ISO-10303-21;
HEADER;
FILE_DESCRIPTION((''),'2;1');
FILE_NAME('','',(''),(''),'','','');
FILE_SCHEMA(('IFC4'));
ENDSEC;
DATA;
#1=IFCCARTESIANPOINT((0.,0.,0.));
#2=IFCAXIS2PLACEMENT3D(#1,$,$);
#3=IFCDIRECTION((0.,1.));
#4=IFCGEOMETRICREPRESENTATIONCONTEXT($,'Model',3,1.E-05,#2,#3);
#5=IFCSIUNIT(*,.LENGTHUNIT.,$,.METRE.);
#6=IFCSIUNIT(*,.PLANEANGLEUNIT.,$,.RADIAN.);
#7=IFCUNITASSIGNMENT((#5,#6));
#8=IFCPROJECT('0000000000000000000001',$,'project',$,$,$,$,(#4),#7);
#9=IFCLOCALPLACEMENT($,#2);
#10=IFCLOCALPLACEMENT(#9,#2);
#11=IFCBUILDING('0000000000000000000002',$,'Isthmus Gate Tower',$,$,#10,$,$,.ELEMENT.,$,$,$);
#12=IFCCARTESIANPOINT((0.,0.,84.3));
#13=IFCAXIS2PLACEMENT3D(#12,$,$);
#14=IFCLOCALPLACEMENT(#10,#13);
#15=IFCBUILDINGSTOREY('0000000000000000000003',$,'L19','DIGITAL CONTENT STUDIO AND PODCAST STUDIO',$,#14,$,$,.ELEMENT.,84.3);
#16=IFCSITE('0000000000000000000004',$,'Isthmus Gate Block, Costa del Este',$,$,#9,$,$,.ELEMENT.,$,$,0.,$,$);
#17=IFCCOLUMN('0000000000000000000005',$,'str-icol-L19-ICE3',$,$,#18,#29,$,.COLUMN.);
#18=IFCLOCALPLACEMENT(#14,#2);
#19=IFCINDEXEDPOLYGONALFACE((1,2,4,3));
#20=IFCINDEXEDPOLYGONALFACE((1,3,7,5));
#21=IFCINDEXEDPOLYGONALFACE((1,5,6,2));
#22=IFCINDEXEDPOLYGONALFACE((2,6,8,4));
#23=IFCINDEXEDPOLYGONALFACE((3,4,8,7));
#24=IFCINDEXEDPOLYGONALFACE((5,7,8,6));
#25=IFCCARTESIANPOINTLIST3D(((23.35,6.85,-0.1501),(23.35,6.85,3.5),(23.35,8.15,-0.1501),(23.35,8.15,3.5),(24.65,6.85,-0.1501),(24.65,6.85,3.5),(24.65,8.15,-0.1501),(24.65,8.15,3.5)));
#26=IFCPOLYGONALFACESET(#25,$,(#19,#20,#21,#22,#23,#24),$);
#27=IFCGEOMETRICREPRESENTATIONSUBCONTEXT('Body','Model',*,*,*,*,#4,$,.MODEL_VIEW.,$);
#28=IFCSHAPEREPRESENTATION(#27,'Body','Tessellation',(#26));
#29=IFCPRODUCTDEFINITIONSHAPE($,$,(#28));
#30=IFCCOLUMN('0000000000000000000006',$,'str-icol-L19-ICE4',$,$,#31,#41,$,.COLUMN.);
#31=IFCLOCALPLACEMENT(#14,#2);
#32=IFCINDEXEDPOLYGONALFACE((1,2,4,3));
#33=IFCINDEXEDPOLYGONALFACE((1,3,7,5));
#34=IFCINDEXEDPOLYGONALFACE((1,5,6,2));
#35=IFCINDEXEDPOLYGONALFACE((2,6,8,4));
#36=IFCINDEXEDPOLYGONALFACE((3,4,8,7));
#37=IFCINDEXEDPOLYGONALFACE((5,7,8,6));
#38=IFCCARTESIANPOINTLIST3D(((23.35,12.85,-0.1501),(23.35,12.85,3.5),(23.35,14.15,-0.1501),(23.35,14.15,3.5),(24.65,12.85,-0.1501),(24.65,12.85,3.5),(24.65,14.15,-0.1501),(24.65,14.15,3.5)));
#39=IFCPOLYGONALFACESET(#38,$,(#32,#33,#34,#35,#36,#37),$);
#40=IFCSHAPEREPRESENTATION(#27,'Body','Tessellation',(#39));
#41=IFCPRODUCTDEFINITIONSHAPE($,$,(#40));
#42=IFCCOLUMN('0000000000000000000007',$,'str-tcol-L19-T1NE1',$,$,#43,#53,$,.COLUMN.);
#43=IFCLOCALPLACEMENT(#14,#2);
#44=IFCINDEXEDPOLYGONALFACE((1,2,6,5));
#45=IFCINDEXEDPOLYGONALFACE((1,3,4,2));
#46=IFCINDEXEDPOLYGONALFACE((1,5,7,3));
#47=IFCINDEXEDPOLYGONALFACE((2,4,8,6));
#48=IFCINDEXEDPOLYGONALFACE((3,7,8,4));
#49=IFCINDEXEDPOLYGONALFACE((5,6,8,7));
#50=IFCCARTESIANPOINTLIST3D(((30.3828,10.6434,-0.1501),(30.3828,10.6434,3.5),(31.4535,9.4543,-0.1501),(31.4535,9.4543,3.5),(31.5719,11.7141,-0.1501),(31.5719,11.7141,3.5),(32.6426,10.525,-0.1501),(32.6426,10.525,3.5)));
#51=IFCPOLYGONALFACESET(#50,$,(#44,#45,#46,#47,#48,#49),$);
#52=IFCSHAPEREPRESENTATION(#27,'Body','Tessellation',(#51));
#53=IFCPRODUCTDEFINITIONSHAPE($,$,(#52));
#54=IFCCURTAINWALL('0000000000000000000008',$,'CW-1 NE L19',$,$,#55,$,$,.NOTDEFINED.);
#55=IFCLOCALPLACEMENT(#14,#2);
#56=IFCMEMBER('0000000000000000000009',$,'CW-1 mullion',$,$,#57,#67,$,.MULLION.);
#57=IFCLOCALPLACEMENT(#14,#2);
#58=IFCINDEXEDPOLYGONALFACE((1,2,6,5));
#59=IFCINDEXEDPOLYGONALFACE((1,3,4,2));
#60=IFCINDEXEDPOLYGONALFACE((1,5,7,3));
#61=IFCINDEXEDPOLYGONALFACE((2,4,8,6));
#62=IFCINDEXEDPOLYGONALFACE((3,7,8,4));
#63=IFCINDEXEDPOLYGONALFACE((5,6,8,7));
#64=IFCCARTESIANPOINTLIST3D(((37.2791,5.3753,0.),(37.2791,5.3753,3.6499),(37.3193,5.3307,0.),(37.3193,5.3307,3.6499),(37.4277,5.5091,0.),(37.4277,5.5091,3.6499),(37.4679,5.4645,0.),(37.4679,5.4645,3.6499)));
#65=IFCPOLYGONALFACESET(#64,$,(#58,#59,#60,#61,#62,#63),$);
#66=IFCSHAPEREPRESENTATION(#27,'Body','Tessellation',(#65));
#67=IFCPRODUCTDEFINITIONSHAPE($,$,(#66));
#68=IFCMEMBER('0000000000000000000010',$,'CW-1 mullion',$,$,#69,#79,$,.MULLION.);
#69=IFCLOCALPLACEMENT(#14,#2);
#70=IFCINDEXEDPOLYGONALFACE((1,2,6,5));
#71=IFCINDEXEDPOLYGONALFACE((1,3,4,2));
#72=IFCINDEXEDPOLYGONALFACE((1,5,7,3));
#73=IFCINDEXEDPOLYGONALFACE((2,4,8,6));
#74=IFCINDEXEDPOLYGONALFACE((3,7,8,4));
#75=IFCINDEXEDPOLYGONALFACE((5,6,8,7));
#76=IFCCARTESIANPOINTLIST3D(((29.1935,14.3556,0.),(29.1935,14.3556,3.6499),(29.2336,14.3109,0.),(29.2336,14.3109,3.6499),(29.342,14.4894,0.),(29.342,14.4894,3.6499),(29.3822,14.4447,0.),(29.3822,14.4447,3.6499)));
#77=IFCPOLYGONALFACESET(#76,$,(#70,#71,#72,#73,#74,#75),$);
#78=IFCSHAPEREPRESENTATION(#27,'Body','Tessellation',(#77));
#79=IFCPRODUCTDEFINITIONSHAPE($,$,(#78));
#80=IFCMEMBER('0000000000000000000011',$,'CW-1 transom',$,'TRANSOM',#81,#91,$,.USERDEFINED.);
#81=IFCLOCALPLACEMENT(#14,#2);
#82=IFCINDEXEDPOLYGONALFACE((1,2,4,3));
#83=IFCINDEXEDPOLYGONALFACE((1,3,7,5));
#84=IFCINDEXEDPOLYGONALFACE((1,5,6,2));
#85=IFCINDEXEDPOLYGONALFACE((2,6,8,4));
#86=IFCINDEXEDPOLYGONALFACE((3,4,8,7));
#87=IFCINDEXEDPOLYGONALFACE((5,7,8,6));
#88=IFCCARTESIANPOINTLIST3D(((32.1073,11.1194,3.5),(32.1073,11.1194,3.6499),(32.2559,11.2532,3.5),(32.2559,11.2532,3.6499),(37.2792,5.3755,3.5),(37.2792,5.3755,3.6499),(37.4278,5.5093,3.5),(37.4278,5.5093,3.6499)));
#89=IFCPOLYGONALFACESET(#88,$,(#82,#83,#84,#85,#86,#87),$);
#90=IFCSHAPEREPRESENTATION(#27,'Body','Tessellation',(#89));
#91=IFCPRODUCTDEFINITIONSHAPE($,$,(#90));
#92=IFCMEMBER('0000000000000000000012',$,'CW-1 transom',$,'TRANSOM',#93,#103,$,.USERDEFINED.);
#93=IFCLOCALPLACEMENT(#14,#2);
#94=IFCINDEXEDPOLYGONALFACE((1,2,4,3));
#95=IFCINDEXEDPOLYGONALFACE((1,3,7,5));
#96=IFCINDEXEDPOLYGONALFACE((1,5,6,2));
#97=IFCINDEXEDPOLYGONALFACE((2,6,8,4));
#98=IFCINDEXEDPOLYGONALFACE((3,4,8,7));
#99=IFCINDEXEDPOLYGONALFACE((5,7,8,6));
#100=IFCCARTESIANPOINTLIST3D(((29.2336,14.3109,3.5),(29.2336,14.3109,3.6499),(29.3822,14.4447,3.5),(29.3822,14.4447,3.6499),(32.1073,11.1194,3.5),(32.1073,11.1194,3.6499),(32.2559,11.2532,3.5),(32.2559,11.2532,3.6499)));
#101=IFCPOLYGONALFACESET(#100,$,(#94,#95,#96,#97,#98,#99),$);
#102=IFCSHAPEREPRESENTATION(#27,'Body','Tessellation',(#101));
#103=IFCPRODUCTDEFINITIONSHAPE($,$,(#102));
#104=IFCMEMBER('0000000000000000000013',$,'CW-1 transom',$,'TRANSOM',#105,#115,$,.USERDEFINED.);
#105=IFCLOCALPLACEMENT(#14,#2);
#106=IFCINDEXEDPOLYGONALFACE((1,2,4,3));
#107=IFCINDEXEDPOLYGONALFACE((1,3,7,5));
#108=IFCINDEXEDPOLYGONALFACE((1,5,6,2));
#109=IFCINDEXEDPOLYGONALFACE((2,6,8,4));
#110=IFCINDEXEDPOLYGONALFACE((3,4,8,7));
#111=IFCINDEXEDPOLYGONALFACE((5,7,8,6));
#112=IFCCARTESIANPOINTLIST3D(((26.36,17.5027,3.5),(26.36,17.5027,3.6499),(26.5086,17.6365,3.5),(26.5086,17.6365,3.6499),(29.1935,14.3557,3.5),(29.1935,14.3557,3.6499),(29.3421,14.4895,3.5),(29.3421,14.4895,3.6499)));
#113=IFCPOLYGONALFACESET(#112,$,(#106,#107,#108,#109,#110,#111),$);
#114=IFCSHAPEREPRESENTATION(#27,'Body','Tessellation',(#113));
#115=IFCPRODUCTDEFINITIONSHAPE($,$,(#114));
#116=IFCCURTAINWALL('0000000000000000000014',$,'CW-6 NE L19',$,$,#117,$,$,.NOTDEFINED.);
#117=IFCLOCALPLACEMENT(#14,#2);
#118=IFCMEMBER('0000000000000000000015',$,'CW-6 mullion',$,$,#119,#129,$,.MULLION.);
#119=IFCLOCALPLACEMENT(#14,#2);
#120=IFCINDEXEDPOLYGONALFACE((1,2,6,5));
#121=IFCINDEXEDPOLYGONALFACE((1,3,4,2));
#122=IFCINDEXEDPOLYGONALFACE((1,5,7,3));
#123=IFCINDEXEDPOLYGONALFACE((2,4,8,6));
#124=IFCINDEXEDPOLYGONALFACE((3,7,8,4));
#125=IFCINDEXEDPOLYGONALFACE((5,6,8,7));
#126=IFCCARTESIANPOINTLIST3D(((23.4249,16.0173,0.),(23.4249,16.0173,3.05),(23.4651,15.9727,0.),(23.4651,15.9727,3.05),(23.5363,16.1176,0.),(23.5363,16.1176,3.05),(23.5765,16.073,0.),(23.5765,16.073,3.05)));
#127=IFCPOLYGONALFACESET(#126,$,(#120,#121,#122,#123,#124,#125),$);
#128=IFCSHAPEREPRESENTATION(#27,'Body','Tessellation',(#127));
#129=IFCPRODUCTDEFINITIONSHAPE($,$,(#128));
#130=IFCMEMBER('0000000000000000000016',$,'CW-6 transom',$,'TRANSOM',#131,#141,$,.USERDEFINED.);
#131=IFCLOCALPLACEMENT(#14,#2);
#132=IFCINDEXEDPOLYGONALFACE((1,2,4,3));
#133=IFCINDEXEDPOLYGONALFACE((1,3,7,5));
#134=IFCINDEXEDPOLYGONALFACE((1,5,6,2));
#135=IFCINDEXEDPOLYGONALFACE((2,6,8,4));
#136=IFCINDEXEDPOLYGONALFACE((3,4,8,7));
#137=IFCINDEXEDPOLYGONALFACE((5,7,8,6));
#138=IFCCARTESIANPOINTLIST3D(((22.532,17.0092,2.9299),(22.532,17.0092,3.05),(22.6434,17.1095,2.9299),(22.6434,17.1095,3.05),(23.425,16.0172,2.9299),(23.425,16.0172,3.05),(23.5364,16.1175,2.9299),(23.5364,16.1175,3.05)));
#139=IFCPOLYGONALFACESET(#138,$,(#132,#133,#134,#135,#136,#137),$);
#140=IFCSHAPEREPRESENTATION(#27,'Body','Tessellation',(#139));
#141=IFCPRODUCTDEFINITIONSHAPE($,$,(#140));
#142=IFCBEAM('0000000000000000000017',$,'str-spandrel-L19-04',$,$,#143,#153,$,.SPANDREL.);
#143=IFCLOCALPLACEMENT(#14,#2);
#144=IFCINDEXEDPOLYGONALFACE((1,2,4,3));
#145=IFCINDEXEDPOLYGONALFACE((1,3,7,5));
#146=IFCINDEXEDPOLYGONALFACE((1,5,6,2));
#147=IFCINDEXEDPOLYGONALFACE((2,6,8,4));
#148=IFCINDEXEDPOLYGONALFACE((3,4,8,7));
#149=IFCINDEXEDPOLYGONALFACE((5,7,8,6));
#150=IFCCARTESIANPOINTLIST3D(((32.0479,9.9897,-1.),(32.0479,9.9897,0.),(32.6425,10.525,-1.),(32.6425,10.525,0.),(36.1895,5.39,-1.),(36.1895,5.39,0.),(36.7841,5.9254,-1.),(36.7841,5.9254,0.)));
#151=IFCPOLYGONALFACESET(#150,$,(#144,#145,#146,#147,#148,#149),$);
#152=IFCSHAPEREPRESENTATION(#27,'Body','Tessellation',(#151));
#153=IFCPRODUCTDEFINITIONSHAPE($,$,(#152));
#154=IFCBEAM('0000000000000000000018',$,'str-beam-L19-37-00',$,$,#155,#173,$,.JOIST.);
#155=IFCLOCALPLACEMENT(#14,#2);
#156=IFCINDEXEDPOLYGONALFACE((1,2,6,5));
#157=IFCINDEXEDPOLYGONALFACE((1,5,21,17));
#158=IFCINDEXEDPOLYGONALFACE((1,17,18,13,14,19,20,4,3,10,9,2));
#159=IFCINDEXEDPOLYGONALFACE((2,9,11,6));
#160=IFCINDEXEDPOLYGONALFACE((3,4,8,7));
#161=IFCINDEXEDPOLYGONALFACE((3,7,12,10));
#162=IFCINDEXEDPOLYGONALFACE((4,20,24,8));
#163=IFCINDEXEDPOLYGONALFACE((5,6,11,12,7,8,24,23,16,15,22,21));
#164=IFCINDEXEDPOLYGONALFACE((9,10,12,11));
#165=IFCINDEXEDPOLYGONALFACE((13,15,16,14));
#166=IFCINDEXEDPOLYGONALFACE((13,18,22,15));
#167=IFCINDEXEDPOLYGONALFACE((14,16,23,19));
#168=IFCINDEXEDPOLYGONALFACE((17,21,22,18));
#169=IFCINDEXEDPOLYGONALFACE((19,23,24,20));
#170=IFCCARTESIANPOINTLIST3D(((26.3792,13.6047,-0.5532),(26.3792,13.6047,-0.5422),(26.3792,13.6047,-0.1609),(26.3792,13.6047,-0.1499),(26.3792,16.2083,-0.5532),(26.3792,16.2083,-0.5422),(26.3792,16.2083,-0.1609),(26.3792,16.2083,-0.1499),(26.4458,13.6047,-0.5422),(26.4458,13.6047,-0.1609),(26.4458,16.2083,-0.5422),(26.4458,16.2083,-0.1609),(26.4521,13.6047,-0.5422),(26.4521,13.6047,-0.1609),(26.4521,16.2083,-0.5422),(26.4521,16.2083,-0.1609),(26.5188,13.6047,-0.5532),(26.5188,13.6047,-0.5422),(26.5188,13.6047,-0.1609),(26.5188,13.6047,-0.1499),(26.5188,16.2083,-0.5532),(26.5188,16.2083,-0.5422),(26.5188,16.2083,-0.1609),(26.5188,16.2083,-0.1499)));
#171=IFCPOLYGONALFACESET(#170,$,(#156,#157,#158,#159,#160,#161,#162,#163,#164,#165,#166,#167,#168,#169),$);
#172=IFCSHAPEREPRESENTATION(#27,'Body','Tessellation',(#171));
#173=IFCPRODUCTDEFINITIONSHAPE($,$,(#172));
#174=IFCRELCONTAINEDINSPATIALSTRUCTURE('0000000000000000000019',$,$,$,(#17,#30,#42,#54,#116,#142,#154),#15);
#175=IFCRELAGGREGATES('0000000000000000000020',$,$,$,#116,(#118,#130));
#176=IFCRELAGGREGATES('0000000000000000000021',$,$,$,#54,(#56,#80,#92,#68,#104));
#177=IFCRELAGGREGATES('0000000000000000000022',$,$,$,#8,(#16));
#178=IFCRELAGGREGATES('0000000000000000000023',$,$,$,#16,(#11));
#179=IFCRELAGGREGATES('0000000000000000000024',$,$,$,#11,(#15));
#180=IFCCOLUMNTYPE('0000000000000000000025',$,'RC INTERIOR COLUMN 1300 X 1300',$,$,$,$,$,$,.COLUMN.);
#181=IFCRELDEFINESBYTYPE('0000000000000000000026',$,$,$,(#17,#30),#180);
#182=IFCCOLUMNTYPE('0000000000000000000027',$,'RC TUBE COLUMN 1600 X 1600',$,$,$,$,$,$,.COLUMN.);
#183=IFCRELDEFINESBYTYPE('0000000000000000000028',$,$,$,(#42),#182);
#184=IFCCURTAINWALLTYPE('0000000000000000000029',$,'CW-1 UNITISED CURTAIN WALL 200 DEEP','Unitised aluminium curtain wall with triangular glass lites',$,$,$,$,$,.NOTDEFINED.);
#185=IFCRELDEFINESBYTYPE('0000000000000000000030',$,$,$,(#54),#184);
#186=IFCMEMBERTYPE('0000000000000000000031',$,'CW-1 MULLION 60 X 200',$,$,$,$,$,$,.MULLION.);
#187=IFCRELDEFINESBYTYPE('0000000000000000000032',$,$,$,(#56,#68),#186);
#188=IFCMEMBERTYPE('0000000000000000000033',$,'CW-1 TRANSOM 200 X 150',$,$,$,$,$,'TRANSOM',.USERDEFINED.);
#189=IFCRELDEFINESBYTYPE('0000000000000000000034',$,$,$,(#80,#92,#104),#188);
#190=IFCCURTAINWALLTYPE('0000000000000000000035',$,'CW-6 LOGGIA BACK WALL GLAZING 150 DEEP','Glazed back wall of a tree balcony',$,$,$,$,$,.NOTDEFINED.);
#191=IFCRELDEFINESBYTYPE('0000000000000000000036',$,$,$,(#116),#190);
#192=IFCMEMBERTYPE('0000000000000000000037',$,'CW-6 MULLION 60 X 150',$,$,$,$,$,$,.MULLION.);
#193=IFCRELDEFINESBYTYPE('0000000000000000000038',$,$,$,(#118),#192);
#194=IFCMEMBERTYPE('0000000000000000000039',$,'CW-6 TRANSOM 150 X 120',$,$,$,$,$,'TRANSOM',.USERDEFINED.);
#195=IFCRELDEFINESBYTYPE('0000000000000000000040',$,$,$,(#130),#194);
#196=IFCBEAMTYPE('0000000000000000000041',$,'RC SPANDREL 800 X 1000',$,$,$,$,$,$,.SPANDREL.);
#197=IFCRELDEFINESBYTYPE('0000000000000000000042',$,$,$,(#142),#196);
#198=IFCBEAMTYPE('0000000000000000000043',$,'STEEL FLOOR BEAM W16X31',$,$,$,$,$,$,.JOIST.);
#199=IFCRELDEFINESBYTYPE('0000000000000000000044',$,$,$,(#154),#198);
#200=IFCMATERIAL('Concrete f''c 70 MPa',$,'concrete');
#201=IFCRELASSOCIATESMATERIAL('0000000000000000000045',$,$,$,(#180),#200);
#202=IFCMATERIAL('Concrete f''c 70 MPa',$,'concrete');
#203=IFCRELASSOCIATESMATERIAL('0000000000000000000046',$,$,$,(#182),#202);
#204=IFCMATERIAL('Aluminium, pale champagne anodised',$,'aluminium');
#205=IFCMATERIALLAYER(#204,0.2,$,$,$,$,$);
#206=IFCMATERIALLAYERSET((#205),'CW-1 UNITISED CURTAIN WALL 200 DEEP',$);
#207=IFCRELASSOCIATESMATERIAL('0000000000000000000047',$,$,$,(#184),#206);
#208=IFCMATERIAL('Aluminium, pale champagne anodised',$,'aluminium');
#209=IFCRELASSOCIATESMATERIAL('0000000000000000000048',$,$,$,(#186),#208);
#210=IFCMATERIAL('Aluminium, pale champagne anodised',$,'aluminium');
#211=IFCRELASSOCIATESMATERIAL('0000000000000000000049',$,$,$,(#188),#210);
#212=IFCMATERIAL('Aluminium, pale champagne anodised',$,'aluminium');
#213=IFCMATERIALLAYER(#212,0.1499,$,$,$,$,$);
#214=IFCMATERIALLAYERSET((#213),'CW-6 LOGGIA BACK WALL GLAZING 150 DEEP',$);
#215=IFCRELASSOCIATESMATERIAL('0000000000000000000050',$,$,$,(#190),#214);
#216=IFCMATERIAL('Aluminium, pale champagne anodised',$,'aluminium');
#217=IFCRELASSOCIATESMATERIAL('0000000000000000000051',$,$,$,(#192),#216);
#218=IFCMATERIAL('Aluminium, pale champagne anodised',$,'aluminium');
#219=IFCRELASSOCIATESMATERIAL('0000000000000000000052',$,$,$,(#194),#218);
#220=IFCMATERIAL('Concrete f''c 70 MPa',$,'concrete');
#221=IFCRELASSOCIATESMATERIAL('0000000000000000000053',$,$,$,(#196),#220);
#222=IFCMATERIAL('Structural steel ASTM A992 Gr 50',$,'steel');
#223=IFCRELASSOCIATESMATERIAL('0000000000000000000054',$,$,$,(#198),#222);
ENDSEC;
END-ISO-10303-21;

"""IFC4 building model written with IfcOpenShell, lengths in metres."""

from ifc_helpers import new_model, si_unit, direction, frame, origin, origin_2d, place, context, subcontext, project, spatial, rectangle, i_section, extrude, material, layer, layer_set, material_profile, profile_set, type_object, element, aggregate, save


model = new_model("IFC4")

# Units and contexts
model_context = context("Model", 3, precision=1e-05, world=origin(), true_north=direction((0.0, 1.0)))
body_context = subcontext(model_context, "Body", "Model", "MODEL_VIEW")
ifc_project = project(units=[si_unit("LENGTHUNIT", "METRE"), si_unit("PLANEANGLEUNIT", "RADIAN")], contexts=[model_context])

# Site, building, storey
site_placement = place(None, origin())
site = spatial("IfcSite", under=ifc_project, at=site_placement, Name="Isthmus Gate Block, Costa del Este", CompositionType="ELEMENT", RefElevation=0.0)
building_placement = place(site_placement, origin())
building = spatial("IfcBuilding", under=site, at=building_placement, Name="Isthmus Gate Tower", CompositionType="ELEMENT")
storey_placement = place(building_placement, frame((0.0, 0.0, 84.3)))
storey = spatial("IfcBuildingStorey", under=building, at=storey_placement, Name="L19", Description="DIGITAL CONTENT STUDIO AND PODCAST STUDIO", CompositionType="ELEMENT", Elevation=84.3)

# Columns
ifc_material_1 = material(Name="Concrete f'c 70 MPa", Category="concrete")
ifc_material_profile_1 = material_profile(ifc_material_1, rectangle(XDim=1.3, YDim=1.3, at=origin_2d()), Name="RC 1300X1300")
ifc_profile_set_1 = profile_set([ifc_material_profile_1], Name="Concrete f'c 70 MPa")
column_type_1 = type_object("IfcColumnType", Name="RC INTERIOR COLUMN 1300 X 1300", PredefinedType="COLUMN", material=ifc_profile_set_1)
for number, where, z_axis, x_axis, name in (
    (1, (24.0, 7.5, -0.1501), (0.0, 0.0, 1.0), (1.0, 0.0, 0.0), "str-icol-L19-ICE3"),
    (2, (24.0, 13.5, -0.1501), (0.0, 0.0, 1.0), (1.0, 0.0, 0.0), "str-icol-L19-ICE4"),
):
    element("IfcColumn", number, at=place(storey_placement, frame(where, z_axis=z_axis, x_axis=x_axis)), inside=storey, type_object=column_type_1, Name=name, PredefinedType="COLUMN", context=body_context, shape_type="SweptSolid", body=[
        extrude(rectangle(XDim=1.3, YDim=1.3, at=origin_2d()), origin(), (0.0, 0.0, 1.0), 3.6501),
    ])
ifc_material_2 = material(Name="Concrete f'c 70 MPa", Category="concrete")
ifc_material_profile_2 = material_profile(ifc_material_2, rectangle(XDim=1.6001, YDim=1.6001, at=origin_2d()), Name="RC 1600X1600")
ifc_profile_set_2 = profile_set([ifc_material_profile_2], Name="Concrete f'c 70 MPa")
column_type_2 = type_object("IfcColumnType", Name="RC TUBE COLUMN 1600 X 1600", PredefinedType="COLUMN", material=ifc_profile_set_2)
column_placement = place(storey_placement, frame((31.5127, 10.5842, -0.1501), z_axis=(0.0, 0.0, 1.0), x_axis=(-0.669131, 0.743145, 0.0)))
element("IfcColumn", 3, at=column_placement, inside=storey, type_object=column_type_2, Name="str-tcol-L19-T1NE1", PredefinedType="COLUMN", context=body_context, shape_type="SweptSolid", body=[
    extrude(rectangle(XDim=1.6001, YDim=1.6001, at=origin_2d()), origin(), (0.0, 0.0, 1.0), 3.6501),
])

# Curtain walls, members
ifc_material_3 = material(Name="Aluminium, pale champagne anodised", Category="aluminium")
ifc_layer_1 = layer(ifc_material_3, 0.2)
ifc_layer_set_1 = layer_set([ifc_layer_1], Name="CW-1 UNITISED CURTAIN WALL 200 DEEP")
curtain_wall_type_1 = type_object("IfcCurtainWallType", Name="CW-1 UNITISED CURTAIN WALL 200 DEEP", Description="Unitised aluminium curtain wall with triangular glass lites", PredefinedType="NOTDEFINED", material=ifc_layer_set_1)
curtain_wall_1_placement = place(storey_placement, origin())
curtain_wall_1 = element("IfcCurtainWall", 4, at=curtain_wall_1_placement, inside=storey, type_object=curtain_wall_type_1, Name="CW-1 NE L19", PredefinedType="NOTDEFINED")
ifc_material_4 = material(Name="Aluminium, pale champagne anodised", Category="aluminium")
ifc_material_profile_3 = material_profile(ifc_material_4, rectangle(XDim=0.0601, YDim=0.2, at=origin_2d()), Name="60x200")
ifc_profile_set_3 = profile_set([ifc_material_profile_3], Name="Aluminium, pale champagne anodised")
member_type_1 = type_object("IfcMemberType", Name="CW-1 MULLION 60 X 200", PredefinedType="MULLION", material=ifc_profile_set_3)
member_1_placement = place(storey_placement, frame((37.3735, 5.4199, 0.0), z_axis=(0.0, 0.0, 1.0), x_axis=(-0.669131, 0.743145, 0.0)))
member_1 = element("IfcMember", 5, at=member_1_placement, type_object=member_type_1, Name="CW-1 mullion", PredefinedType="MULLION", context=body_context, shape_type="SweptSolid", body=[
    extrude(rectangle(XDim=0.0601, YDim=0.2, at=origin_2d()), origin(), (0.0, 0.0, 1.0), 3.6499),
])
member_2_placement = place(storey_placement, frame((29.2878, 14.4001, 0.0), z_axis=(0.0, 0.0, 1.0), x_axis=(-0.669131, 0.743145, 0.0)))
member_2 = element("IfcMember", 6, at=member_2_placement, type_object=member_type_1, Name="CW-1 mullion", PredefinedType="MULLION", context=body_context, shape_type="SweptSolid", body=[
    extrude(rectangle(XDim=0.0601, YDim=0.2, at=origin_2d()), origin(), (0.0, 0.0, 1.0), 3.6499),
])
ifc_material_5 = material(Name="Aluminium, pale champagne anodised", Category="aluminium")
ifc_material_profile_4 = material_profile(ifc_material_5, rectangle(XDim=0.2, YDim=0.1499, at=origin_2d()), Name="200x150")
ifc_profile_set_4 = profile_set([ifc_material_profile_4], Name="Aluminium, pale champagne anodised")
member_type_2 = type_object("IfcMemberType", Name="CW-1 TRANSOM 200 X 150", ElementType="TRANSOM", PredefinedType="USERDEFINED", material=ifc_profile_set_4)
member_3_placement = place(storey_placement, frame((37.3535, 5.4424, 3.575), z_axis=(-0.669134, 0.743142, 0.0), x_axis=(-0.743142, -0.669134, 0.0)))
member_3 = element("IfcMember", 7, at=member_3_placement, type_object=member_type_2, Name="CW-1 transom", ObjectType="TRANSOM", PredefinedType="USERDEFINED", context=body_context, shape_type="SweptSolid", body=[
    extrude(rectangle(XDim=0.2, YDim=0.1499, at=origin_2d()), origin(), (0.0, 0.0, 1.0), 7.7292),
])
member_4_placement = place(storey_placement, frame((32.1816, 11.1863, 3.575), z_axis=(-0.669131, 0.743144, 0.0), x_axis=(-0.743144, -0.669131, 0.0)))
member_4 = element("IfcMember", 8, at=member_4_placement, type_object=member_type_2, Name="CW-1 transom", ObjectType="TRANSOM", PredefinedType="USERDEFINED", context=body_context, shape_type="SweptSolid", body=[
    extrude(rectangle(XDim=0.2, YDim=0.1499, at=origin_2d()), origin(), (0.0, 0.0, 1.0), 4.2947),
])
member_5_placement = place(storey_placement, frame((29.2678, 14.4226, 3.575), z_axis=(-0.669124, 0.743151, 0.0), x_axis=(-0.743151, -0.669124, 0.0)))
member_5 = element("IfcMember", 9, at=member_5_placement, type_object=member_type_2, Name="CW-1 transom", ObjectType="TRANSOM", PredefinedType="USERDEFINED", context=body_context, shape_type="SweptSolid", body=[
    extrude(rectangle(XDim=0.2, YDim=0.1499, at=origin_2d()), origin(), (0.0, 0.0, 1.0), 4.2346),
])
ifc_material_6 = material(Name="Aluminium, pale champagne anodised", Category="aluminium")
ifc_layer_2 = layer(ifc_material_6, 0.1499)
ifc_layer_set_2 = layer_set([ifc_layer_2], Name="CW-6 LOGGIA BACK WALL GLAZING 150 DEEP")
curtain_wall_type_2 = type_object("IfcCurtainWallType", Name="CW-6 LOGGIA BACK WALL GLAZING 150 DEEP", Description="Glazed back wall of a tree balcony", PredefinedType="NOTDEFINED", material=ifc_layer_set_2)
curtain_wall_2_placement = place(storey_placement, origin())
curtain_wall_2 = element("IfcCurtainWall", 10, at=curtain_wall_2_placement, inside=storey, type_object=curtain_wall_type_2, Name="CW-6 NE L19", PredefinedType="NOTDEFINED")
ifc_material_7 = material(Name="Aluminium, pale champagne anodised", Category="aluminium")
ifc_material_profile_5 = material_profile(ifc_material_7, rectangle(XDim=0.0601, YDim=0.1499, at=origin_2d()), Name="60x150")
ifc_profile_set_5 = profile_set([ifc_material_profile_5], Name="Aluminium, pale champagne anodised")
member_type_3 = type_object("IfcMemberType", Name="CW-6 MULLION 60 X 150", PredefinedType="MULLION", material=ifc_profile_set_5)
member_6_placement = place(storey_placement, frame((23.5007, 16.0452, 0.0), z_axis=(0.0, 0.0, 1.0), x_axis=(-0.669131, 0.743145, 0.0)))
member_6 = element("IfcMember", 11, at=member_6_placement, type_object=member_type_3, Name="CW-6 mullion", PredefinedType="MULLION", context=body_context, shape_type="SweptSolid", body=[
    extrude(rectangle(XDim=0.0601, YDim=0.1499, at=origin_2d()), origin(), (0.0, 0.0, 1.0), 3.05),
])
ifc_material_8 = material(Name="Aluminium, pale champagne anodised", Category="aluminium")
ifc_material_profile_6 = material_profile(ifc_material_8, rectangle(XDim=0.1499, YDim=0.1201, at=origin_2d()), Name="150x120")
ifc_profile_set_6 = profile_set([ifc_material_profile_6], Name="Aluminium, pale champagne anodised")
member_type_4 = type_object("IfcMemberType", Name="CW-6 TRANSOM 150 X 120", ElementType="TRANSOM", PredefinedType="USERDEFINED", material=ifc_profile_set_6)
member_7_placement = place(storey_placement, frame((23.4807, 16.0674, 2.99), z_axis=(-0.669096, 0.743176, 0.0), x_axis=(-0.743176, -0.669096, 0.0)))
member_7 = element("IfcMember", 12, at=member_7_placement, type_object=member_type_4, Name="CW-6 transom", ObjectType="TRANSOM", PredefinedType="USERDEFINED", context=body_context, shape_type="SweptSolid", body=[
    extrude(rectangle(XDim=0.1499, YDim=0.1201, at=origin_2d()), origin(), (0.0, 0.0, 1.0), 1.3347),
])
aggregate(curtain_wall_2, [member_6, member_7])

# Beams
ifc_material_9 = material(Name="Concrete f'c 70 MPa", Category="concrete")
ifc_material_profile_7 = material_profile(ifc_material_9, rectangle(XDim=0.8, YDim=1.0, at=origin_2d()), Name="RC 800X1000")
ifc_profile_set_7 = profile_set([ifc_material_profile_7], Name="Concrete f'c 70 MPa")
beam_type_1 = type_object("IfcBeamType", Name="RC SPANDREL 800 X 1000", PredefinedType="SPANDREL", material=ifc_profile_set_7)
beam_1_placement = place(storey_placement, frame((32.3452, 10.2573, -0.5), z_axis=(0.669139, -0.743137, 0.0), x_axis=(0.743137, 0.669139, 0.0)))
element("IfcBeam", 13, at=beam_1_placement, inside=storey, type_object=beam_type_1, Name="str-spandrel-L19-04", PredefinedType="SPANDREL", context=body_context, shape_type="SweptSolid", body=[
    extrude(rectangle(XDim=0.8, YDim=1.0, at=origin_2d()), origin(), (0.0, 0.0, 1.0), 6.1895),
])
ifc_material_10 = material(Name="Structural steel ASTM A992 Gr 50", Category="steel")
ifc_material_profile_8 = material_profile(ifc_material_10, i_section(OverallWidth=0.1396, OverallDepth=0.4033, WebThickness=0.0063, FlangeThickness=0.011, at=origin_2d()), Name="W16X31")
ifc_profile_set_8 = profile_set([ifc_material_profile_8], Name="Structural steel ASTM A992 Gr 50")
beam_type_2 = type_object("IfcBeamType", Name="STEEL FLOOR BEAM W16X31", PredefinedType="JOIST", material=ifc_profile_set_8)
beam_2_placement = place(storey_placement, frame((26.449, 13.6047, -0.3516), z_axis=(0.0, 1.0, 0.0), x_axis=(-1.0, 0.0, 0.0)))
element("IfcBeam", 14, at=beam_2_placement, inside=storey, type_object=beam_type_2, Name="str-beam-L19-37-00", PredefinedType="JOIST", context=body_context, shape_type="SweptSolid", body=[
    extrude(i_section(OverallWidth=0.1396, OverallDepth=0.4033, WebThickness=0.0063, FlangeThickness=0.011, at=origin_2d()), origin(), (0.0, 0.0, 1.0), 2.6035),
])

aggregate(curtain_wall_1, [member_1, member_3, member_4, member_2, member_5])

save(model, "model.ifc")
